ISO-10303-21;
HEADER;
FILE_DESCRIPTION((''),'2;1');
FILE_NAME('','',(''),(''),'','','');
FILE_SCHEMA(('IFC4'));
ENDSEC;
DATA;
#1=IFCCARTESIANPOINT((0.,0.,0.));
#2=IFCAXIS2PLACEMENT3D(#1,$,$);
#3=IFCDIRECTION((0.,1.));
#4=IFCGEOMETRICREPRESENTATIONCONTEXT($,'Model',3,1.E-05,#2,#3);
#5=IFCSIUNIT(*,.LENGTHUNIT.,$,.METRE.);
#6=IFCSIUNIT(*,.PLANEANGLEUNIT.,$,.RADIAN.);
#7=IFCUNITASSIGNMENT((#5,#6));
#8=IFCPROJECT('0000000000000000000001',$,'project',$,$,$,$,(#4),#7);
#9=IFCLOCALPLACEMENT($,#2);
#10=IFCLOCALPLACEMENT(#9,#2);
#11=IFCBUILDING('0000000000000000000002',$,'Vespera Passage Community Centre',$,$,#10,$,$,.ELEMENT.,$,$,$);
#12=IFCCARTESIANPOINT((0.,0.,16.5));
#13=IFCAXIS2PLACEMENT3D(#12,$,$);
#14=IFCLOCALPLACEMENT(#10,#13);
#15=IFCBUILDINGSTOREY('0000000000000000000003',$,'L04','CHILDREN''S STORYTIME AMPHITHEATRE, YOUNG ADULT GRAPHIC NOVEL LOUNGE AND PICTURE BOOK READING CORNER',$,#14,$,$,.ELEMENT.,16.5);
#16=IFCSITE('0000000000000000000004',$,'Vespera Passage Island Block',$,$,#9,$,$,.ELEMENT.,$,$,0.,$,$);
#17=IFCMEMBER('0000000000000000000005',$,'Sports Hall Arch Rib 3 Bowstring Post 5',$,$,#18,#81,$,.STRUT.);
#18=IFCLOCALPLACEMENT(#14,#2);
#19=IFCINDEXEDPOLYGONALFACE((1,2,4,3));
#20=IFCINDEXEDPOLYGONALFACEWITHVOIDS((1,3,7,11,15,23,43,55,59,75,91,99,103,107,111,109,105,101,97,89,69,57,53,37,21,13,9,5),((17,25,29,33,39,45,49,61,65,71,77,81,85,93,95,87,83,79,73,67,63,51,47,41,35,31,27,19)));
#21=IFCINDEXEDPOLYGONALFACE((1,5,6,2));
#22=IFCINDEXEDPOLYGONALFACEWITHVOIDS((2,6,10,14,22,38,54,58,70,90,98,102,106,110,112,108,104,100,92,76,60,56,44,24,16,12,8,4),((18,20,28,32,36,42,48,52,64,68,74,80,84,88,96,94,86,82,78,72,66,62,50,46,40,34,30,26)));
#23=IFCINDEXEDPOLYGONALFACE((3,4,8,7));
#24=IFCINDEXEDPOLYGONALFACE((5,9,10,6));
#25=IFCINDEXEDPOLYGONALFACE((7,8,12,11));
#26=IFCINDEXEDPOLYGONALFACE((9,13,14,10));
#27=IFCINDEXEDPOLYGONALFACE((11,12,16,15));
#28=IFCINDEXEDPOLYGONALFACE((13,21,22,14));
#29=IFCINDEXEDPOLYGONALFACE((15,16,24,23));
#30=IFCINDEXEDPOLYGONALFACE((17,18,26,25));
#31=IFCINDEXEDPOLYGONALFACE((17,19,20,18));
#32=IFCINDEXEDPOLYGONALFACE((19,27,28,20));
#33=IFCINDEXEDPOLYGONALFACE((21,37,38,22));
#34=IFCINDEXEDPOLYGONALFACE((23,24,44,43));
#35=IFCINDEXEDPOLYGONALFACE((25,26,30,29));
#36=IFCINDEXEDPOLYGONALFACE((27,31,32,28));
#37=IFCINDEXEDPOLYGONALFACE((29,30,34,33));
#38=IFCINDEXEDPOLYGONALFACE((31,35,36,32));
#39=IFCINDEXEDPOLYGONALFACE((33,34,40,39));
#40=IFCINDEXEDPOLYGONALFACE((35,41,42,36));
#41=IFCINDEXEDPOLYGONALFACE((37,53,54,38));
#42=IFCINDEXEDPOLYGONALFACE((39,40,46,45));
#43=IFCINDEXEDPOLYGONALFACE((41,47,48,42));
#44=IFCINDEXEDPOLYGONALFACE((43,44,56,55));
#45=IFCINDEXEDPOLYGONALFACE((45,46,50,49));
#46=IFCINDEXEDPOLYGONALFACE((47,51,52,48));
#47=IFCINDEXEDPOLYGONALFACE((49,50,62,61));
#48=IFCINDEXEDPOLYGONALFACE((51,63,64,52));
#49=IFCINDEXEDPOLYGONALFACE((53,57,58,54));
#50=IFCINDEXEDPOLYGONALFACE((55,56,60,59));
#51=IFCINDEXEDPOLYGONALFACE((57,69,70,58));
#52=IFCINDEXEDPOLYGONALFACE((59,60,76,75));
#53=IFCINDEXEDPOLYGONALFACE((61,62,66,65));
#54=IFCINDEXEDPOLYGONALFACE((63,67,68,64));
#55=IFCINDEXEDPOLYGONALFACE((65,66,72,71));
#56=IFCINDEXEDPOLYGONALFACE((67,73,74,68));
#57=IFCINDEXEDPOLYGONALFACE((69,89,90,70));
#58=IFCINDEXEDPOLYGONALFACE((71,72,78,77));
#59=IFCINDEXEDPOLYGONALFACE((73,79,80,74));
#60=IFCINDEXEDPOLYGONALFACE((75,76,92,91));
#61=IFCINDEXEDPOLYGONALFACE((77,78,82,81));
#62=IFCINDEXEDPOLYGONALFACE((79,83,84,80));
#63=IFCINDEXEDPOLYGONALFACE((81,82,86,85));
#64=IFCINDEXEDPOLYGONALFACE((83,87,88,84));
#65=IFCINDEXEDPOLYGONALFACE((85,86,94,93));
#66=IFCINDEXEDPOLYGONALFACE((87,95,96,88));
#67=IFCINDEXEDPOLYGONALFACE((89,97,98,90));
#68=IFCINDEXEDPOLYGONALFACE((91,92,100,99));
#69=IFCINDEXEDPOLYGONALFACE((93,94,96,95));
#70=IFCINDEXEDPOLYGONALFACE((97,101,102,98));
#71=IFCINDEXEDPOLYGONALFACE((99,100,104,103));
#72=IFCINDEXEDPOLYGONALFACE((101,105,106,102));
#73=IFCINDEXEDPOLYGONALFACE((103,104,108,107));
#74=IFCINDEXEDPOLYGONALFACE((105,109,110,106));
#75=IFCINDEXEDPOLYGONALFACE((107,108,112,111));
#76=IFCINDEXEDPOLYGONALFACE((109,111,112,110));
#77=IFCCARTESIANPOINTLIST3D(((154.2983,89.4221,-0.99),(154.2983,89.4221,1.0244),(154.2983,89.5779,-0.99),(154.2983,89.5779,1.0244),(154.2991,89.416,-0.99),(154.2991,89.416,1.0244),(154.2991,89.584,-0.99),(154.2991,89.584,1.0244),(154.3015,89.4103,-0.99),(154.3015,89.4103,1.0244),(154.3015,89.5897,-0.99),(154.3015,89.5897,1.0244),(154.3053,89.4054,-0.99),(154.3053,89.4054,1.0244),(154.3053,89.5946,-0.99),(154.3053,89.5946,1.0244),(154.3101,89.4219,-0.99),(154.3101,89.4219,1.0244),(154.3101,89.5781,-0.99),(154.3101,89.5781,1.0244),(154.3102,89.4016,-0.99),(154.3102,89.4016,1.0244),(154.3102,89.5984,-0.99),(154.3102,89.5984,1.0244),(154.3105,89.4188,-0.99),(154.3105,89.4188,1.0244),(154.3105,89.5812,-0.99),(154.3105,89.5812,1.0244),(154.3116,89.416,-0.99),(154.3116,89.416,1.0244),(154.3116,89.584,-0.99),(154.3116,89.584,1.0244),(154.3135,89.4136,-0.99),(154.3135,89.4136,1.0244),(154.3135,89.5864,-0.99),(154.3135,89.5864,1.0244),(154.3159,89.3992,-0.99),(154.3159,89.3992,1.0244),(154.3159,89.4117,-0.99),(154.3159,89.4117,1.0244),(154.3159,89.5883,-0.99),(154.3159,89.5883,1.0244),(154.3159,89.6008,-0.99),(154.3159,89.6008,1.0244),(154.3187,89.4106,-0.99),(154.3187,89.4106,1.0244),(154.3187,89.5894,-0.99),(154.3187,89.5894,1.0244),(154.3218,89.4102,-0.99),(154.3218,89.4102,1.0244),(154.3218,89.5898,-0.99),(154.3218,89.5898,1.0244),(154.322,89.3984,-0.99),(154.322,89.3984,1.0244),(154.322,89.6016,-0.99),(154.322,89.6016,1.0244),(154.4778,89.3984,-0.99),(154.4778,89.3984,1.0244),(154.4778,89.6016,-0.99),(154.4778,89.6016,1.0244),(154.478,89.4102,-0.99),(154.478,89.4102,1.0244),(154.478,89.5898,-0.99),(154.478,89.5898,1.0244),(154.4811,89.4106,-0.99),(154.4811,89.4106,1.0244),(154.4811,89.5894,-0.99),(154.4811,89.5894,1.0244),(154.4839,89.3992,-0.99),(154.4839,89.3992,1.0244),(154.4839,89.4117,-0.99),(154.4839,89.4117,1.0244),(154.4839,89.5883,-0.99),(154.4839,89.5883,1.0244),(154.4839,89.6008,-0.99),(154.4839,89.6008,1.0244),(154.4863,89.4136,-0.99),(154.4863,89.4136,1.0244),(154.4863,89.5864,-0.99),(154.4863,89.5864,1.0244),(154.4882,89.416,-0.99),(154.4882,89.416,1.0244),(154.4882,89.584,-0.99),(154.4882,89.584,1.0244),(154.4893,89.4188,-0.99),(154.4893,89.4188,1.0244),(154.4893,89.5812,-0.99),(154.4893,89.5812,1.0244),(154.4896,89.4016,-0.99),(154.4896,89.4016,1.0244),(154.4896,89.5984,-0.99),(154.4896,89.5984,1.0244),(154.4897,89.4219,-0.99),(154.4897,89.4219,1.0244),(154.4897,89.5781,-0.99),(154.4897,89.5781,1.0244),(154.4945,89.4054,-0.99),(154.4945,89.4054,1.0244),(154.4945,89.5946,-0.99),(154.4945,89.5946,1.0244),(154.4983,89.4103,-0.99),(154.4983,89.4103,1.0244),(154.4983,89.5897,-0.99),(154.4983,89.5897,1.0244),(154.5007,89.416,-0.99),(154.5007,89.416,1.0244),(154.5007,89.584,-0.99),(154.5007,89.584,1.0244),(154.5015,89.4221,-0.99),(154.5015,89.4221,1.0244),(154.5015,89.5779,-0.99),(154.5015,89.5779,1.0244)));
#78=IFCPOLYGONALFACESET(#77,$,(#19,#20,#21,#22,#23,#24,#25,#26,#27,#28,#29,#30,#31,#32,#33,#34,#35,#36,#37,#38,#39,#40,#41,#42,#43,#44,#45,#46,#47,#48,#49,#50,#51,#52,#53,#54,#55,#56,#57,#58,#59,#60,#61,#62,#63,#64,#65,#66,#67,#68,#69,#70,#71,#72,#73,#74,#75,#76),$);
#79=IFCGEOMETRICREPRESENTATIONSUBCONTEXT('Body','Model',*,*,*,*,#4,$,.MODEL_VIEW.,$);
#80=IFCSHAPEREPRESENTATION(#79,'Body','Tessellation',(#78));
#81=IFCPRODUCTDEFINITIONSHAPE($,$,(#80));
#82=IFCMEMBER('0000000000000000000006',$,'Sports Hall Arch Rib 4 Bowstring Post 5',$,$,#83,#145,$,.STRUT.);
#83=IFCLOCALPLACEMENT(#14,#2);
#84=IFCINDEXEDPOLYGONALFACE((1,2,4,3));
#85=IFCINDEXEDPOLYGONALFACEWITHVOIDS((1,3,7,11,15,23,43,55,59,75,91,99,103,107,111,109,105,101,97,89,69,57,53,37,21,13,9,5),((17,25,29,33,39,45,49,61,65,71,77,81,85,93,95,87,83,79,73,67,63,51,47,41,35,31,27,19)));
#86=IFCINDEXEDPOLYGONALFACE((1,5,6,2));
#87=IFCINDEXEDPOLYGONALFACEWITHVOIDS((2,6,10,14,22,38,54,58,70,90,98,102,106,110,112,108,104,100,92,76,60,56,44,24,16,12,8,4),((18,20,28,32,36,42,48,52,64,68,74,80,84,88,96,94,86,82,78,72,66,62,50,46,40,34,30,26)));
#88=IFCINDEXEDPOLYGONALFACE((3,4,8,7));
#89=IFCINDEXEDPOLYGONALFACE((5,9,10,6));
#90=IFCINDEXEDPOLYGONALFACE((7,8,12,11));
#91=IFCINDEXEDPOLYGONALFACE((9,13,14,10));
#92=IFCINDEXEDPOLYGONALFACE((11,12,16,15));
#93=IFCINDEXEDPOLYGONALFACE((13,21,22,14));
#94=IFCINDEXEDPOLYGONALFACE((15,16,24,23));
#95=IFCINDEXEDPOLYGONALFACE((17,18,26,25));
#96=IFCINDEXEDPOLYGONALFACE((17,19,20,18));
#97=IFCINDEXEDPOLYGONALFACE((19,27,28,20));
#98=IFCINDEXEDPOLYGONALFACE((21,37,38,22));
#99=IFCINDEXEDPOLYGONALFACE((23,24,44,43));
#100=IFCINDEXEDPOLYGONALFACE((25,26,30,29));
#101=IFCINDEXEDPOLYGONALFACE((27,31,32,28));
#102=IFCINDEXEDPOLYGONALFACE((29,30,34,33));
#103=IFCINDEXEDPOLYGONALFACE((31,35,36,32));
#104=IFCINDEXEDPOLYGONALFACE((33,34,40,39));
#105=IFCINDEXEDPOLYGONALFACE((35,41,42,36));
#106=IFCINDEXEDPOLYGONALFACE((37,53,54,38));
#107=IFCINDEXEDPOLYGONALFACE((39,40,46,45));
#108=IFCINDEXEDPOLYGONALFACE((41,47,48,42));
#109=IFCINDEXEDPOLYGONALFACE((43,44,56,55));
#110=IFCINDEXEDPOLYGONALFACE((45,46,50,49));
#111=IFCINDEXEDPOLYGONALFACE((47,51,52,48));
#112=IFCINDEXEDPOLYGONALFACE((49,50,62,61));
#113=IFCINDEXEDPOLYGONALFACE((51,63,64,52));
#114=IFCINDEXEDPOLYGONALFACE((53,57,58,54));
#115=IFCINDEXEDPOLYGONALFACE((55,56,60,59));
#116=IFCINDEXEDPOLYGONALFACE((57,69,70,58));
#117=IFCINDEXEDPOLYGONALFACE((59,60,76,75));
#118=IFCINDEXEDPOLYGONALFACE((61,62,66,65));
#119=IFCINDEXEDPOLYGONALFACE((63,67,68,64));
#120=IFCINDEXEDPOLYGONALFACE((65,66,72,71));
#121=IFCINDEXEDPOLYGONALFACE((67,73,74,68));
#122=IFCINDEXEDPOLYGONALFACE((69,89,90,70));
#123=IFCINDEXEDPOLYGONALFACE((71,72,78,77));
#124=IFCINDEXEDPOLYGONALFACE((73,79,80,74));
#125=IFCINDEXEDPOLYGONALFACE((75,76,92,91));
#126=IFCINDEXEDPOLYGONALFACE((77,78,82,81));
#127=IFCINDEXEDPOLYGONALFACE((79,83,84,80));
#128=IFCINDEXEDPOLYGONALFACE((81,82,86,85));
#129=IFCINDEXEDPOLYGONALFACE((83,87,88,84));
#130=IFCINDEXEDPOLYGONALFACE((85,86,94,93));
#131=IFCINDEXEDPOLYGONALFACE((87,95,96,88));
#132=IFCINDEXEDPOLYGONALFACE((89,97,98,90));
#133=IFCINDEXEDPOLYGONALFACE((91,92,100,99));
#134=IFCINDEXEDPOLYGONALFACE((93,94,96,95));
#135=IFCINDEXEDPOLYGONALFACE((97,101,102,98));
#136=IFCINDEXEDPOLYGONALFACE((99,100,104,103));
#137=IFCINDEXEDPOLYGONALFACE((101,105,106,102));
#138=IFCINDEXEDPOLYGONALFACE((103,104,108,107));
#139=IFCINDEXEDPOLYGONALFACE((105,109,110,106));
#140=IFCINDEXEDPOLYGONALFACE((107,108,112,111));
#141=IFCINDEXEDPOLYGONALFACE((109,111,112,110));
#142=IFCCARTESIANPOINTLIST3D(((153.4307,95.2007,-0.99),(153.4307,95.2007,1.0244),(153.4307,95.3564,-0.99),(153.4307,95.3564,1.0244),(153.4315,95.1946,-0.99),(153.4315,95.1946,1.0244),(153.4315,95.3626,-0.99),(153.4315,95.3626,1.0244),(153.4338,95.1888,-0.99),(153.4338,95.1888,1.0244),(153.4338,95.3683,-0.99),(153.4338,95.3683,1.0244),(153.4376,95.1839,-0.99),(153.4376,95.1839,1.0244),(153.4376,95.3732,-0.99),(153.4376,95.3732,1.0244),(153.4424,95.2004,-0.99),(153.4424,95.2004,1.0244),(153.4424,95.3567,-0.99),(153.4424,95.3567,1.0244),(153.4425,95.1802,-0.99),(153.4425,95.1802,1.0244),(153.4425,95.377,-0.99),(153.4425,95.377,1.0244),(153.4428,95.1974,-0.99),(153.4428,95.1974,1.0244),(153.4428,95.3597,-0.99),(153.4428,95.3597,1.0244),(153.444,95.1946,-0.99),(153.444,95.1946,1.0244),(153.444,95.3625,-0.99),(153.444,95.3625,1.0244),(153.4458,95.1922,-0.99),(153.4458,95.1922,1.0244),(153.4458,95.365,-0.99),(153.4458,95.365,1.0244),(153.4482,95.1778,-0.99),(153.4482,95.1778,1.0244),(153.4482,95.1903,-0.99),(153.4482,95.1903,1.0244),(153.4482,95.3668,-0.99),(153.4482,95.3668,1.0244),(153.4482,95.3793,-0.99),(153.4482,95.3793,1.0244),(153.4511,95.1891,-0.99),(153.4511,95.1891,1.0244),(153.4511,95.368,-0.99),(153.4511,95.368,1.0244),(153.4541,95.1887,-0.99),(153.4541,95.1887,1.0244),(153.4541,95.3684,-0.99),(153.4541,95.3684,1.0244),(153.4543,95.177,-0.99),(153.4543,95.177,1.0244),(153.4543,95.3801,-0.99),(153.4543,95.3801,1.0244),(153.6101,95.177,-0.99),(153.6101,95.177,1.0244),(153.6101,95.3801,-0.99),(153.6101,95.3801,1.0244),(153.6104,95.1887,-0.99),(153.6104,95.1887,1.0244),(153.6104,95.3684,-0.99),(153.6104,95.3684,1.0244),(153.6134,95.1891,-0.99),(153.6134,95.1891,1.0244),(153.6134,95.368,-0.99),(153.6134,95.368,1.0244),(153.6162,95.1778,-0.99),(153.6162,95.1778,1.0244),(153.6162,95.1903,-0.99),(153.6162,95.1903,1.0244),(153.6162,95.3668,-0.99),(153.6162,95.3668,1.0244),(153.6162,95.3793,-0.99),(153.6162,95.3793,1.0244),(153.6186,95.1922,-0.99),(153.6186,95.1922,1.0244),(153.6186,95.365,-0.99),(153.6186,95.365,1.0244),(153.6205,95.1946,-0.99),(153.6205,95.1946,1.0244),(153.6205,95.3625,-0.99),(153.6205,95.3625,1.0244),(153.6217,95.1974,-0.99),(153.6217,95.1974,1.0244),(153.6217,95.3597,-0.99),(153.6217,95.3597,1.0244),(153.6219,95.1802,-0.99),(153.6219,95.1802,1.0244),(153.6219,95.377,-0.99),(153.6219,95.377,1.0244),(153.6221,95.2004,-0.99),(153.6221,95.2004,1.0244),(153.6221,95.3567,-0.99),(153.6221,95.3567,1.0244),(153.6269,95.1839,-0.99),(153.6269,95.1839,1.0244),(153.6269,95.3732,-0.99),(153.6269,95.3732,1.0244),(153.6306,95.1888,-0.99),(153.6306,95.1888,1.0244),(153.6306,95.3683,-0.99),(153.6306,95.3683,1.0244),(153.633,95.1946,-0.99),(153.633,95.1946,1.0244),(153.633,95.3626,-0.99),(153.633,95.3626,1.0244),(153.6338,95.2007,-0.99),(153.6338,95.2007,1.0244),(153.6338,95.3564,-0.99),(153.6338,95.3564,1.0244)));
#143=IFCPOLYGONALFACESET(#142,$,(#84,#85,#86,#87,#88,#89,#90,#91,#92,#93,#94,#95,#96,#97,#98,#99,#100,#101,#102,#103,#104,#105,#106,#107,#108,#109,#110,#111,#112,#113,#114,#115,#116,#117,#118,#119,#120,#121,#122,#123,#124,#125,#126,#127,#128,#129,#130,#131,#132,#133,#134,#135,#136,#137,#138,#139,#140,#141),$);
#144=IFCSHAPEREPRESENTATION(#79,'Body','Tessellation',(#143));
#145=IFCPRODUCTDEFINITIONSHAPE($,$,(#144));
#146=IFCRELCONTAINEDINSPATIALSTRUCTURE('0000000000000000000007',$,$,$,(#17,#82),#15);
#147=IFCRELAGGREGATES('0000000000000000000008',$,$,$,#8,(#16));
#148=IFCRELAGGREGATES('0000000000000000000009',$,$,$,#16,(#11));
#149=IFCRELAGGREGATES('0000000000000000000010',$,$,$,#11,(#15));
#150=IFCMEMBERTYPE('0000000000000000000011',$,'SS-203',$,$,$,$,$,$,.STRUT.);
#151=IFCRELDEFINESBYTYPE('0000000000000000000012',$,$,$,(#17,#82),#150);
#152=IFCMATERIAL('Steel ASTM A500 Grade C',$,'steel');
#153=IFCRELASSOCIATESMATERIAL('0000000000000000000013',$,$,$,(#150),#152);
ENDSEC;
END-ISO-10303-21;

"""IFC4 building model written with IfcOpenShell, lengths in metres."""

from ifc_helpers import new_model, si_unit, direction, frame, origin, origin_2d, place, context, subcontext, project, spatial, hollow_rectangle, extrude, material, material_profile, profile_set, type_object, element, save


model = new_model("IFC4")

# Units and contexts
model_context = context("Model", 3, precision=1e-05, world=origin(), true_north=direction((0.0, 1.0)))
body_context = subcontext(model_context, "Body", "Model", "MODEL_VIEW")
ifc_project = project(units=[si_unit("LENGTHUNIT", "METRE"), si_unit("PLANEANGLEUNIT", "RADIAN")], contexts=[model_context])

# Site, building, storey
site_placement = place(None, origin())
site = spatial("IfcSite", under=ifc_project, at=site_placement, Name="Vespera Passage Island Block", CompositionType="ELEMENT", RefElevation=0.0)
building_placement = place(site_placement, origin())
building = spatial("IfcBuilding", under=site, at=building_placement, Name="Vespera Passage Community Centre", CompositionType="ELEMENT")
storey_placement = place(building_placement, frame((0.0, 0.0, 16.5)))
storey = spatial("IfcBuildingStorey", under=building, at=storey_placement, Name="L04", Description="CHILDREN'S STORYTIME AMPHITHEATRE, YOUNG ADULT GRAPHIC NOVEL LOUNGE AND PICTURE BOOK READING CORNER", CompositionType="ELEMENT", Elevation=16.5)

# Members
ifc_material_1 = material(Name="Steel ASTM A500 Grade C", Category="steel")
ifc_material_profile_1 = material_profile(ifc_material_1, hollow_rectangle(XDim=0.2031, YDim=0.2031, WallThickness=0.0117, InnerFilletRadius=0.0117, OuterFilletRadius=0.0237, at=origin_2d()), Name="HSS203X203X12.7")
ifc_profile_set_1 = profile_set([ifc_material_profile_1], Name="Steel ASTM A500 Grade C")
member_type_1 = type_object("IfcMemberType", Name="SS-203", PredefinedType="STRUT", material=ifc_profile_set_1)
for number, where, z_axis, x_axis, name in (
    (1, (154.3999, 89.5, -0.99), (0.0, 0.0, 1.0), (1.0, 0.0, 0.0), "Sports Hall Arch Rib 3 Bowstring Post 5"),
    (2, (153.5322, 95.2786, -0.99), (0.0, 0.0, 1.0), (1.0, 0.0, 0.0), "Sports Hall Arch Rib 4 Bowstring Post 5"),
):
    element("IfcMember", number, at=place(storey_placement, frame(where, z_axis=z_axis, x_axis=x_axis)), inside=storey, type_object=member_type_1, Name=name, PredefinedType="STRUT", context=body_context, shape_type="SweptSolid", body=[
        extrude(hollow_rectangle(XDim=0.2031, YDim=0.2031, WallThickness=0.0117, InnerFilletRadius=0.0117, OuterFilletRadius=0.0237, at=origin_2d()), origin(), (0.0, 0.0, 1.0), 2.0144),
    ])

save(model, "model.ifc")
